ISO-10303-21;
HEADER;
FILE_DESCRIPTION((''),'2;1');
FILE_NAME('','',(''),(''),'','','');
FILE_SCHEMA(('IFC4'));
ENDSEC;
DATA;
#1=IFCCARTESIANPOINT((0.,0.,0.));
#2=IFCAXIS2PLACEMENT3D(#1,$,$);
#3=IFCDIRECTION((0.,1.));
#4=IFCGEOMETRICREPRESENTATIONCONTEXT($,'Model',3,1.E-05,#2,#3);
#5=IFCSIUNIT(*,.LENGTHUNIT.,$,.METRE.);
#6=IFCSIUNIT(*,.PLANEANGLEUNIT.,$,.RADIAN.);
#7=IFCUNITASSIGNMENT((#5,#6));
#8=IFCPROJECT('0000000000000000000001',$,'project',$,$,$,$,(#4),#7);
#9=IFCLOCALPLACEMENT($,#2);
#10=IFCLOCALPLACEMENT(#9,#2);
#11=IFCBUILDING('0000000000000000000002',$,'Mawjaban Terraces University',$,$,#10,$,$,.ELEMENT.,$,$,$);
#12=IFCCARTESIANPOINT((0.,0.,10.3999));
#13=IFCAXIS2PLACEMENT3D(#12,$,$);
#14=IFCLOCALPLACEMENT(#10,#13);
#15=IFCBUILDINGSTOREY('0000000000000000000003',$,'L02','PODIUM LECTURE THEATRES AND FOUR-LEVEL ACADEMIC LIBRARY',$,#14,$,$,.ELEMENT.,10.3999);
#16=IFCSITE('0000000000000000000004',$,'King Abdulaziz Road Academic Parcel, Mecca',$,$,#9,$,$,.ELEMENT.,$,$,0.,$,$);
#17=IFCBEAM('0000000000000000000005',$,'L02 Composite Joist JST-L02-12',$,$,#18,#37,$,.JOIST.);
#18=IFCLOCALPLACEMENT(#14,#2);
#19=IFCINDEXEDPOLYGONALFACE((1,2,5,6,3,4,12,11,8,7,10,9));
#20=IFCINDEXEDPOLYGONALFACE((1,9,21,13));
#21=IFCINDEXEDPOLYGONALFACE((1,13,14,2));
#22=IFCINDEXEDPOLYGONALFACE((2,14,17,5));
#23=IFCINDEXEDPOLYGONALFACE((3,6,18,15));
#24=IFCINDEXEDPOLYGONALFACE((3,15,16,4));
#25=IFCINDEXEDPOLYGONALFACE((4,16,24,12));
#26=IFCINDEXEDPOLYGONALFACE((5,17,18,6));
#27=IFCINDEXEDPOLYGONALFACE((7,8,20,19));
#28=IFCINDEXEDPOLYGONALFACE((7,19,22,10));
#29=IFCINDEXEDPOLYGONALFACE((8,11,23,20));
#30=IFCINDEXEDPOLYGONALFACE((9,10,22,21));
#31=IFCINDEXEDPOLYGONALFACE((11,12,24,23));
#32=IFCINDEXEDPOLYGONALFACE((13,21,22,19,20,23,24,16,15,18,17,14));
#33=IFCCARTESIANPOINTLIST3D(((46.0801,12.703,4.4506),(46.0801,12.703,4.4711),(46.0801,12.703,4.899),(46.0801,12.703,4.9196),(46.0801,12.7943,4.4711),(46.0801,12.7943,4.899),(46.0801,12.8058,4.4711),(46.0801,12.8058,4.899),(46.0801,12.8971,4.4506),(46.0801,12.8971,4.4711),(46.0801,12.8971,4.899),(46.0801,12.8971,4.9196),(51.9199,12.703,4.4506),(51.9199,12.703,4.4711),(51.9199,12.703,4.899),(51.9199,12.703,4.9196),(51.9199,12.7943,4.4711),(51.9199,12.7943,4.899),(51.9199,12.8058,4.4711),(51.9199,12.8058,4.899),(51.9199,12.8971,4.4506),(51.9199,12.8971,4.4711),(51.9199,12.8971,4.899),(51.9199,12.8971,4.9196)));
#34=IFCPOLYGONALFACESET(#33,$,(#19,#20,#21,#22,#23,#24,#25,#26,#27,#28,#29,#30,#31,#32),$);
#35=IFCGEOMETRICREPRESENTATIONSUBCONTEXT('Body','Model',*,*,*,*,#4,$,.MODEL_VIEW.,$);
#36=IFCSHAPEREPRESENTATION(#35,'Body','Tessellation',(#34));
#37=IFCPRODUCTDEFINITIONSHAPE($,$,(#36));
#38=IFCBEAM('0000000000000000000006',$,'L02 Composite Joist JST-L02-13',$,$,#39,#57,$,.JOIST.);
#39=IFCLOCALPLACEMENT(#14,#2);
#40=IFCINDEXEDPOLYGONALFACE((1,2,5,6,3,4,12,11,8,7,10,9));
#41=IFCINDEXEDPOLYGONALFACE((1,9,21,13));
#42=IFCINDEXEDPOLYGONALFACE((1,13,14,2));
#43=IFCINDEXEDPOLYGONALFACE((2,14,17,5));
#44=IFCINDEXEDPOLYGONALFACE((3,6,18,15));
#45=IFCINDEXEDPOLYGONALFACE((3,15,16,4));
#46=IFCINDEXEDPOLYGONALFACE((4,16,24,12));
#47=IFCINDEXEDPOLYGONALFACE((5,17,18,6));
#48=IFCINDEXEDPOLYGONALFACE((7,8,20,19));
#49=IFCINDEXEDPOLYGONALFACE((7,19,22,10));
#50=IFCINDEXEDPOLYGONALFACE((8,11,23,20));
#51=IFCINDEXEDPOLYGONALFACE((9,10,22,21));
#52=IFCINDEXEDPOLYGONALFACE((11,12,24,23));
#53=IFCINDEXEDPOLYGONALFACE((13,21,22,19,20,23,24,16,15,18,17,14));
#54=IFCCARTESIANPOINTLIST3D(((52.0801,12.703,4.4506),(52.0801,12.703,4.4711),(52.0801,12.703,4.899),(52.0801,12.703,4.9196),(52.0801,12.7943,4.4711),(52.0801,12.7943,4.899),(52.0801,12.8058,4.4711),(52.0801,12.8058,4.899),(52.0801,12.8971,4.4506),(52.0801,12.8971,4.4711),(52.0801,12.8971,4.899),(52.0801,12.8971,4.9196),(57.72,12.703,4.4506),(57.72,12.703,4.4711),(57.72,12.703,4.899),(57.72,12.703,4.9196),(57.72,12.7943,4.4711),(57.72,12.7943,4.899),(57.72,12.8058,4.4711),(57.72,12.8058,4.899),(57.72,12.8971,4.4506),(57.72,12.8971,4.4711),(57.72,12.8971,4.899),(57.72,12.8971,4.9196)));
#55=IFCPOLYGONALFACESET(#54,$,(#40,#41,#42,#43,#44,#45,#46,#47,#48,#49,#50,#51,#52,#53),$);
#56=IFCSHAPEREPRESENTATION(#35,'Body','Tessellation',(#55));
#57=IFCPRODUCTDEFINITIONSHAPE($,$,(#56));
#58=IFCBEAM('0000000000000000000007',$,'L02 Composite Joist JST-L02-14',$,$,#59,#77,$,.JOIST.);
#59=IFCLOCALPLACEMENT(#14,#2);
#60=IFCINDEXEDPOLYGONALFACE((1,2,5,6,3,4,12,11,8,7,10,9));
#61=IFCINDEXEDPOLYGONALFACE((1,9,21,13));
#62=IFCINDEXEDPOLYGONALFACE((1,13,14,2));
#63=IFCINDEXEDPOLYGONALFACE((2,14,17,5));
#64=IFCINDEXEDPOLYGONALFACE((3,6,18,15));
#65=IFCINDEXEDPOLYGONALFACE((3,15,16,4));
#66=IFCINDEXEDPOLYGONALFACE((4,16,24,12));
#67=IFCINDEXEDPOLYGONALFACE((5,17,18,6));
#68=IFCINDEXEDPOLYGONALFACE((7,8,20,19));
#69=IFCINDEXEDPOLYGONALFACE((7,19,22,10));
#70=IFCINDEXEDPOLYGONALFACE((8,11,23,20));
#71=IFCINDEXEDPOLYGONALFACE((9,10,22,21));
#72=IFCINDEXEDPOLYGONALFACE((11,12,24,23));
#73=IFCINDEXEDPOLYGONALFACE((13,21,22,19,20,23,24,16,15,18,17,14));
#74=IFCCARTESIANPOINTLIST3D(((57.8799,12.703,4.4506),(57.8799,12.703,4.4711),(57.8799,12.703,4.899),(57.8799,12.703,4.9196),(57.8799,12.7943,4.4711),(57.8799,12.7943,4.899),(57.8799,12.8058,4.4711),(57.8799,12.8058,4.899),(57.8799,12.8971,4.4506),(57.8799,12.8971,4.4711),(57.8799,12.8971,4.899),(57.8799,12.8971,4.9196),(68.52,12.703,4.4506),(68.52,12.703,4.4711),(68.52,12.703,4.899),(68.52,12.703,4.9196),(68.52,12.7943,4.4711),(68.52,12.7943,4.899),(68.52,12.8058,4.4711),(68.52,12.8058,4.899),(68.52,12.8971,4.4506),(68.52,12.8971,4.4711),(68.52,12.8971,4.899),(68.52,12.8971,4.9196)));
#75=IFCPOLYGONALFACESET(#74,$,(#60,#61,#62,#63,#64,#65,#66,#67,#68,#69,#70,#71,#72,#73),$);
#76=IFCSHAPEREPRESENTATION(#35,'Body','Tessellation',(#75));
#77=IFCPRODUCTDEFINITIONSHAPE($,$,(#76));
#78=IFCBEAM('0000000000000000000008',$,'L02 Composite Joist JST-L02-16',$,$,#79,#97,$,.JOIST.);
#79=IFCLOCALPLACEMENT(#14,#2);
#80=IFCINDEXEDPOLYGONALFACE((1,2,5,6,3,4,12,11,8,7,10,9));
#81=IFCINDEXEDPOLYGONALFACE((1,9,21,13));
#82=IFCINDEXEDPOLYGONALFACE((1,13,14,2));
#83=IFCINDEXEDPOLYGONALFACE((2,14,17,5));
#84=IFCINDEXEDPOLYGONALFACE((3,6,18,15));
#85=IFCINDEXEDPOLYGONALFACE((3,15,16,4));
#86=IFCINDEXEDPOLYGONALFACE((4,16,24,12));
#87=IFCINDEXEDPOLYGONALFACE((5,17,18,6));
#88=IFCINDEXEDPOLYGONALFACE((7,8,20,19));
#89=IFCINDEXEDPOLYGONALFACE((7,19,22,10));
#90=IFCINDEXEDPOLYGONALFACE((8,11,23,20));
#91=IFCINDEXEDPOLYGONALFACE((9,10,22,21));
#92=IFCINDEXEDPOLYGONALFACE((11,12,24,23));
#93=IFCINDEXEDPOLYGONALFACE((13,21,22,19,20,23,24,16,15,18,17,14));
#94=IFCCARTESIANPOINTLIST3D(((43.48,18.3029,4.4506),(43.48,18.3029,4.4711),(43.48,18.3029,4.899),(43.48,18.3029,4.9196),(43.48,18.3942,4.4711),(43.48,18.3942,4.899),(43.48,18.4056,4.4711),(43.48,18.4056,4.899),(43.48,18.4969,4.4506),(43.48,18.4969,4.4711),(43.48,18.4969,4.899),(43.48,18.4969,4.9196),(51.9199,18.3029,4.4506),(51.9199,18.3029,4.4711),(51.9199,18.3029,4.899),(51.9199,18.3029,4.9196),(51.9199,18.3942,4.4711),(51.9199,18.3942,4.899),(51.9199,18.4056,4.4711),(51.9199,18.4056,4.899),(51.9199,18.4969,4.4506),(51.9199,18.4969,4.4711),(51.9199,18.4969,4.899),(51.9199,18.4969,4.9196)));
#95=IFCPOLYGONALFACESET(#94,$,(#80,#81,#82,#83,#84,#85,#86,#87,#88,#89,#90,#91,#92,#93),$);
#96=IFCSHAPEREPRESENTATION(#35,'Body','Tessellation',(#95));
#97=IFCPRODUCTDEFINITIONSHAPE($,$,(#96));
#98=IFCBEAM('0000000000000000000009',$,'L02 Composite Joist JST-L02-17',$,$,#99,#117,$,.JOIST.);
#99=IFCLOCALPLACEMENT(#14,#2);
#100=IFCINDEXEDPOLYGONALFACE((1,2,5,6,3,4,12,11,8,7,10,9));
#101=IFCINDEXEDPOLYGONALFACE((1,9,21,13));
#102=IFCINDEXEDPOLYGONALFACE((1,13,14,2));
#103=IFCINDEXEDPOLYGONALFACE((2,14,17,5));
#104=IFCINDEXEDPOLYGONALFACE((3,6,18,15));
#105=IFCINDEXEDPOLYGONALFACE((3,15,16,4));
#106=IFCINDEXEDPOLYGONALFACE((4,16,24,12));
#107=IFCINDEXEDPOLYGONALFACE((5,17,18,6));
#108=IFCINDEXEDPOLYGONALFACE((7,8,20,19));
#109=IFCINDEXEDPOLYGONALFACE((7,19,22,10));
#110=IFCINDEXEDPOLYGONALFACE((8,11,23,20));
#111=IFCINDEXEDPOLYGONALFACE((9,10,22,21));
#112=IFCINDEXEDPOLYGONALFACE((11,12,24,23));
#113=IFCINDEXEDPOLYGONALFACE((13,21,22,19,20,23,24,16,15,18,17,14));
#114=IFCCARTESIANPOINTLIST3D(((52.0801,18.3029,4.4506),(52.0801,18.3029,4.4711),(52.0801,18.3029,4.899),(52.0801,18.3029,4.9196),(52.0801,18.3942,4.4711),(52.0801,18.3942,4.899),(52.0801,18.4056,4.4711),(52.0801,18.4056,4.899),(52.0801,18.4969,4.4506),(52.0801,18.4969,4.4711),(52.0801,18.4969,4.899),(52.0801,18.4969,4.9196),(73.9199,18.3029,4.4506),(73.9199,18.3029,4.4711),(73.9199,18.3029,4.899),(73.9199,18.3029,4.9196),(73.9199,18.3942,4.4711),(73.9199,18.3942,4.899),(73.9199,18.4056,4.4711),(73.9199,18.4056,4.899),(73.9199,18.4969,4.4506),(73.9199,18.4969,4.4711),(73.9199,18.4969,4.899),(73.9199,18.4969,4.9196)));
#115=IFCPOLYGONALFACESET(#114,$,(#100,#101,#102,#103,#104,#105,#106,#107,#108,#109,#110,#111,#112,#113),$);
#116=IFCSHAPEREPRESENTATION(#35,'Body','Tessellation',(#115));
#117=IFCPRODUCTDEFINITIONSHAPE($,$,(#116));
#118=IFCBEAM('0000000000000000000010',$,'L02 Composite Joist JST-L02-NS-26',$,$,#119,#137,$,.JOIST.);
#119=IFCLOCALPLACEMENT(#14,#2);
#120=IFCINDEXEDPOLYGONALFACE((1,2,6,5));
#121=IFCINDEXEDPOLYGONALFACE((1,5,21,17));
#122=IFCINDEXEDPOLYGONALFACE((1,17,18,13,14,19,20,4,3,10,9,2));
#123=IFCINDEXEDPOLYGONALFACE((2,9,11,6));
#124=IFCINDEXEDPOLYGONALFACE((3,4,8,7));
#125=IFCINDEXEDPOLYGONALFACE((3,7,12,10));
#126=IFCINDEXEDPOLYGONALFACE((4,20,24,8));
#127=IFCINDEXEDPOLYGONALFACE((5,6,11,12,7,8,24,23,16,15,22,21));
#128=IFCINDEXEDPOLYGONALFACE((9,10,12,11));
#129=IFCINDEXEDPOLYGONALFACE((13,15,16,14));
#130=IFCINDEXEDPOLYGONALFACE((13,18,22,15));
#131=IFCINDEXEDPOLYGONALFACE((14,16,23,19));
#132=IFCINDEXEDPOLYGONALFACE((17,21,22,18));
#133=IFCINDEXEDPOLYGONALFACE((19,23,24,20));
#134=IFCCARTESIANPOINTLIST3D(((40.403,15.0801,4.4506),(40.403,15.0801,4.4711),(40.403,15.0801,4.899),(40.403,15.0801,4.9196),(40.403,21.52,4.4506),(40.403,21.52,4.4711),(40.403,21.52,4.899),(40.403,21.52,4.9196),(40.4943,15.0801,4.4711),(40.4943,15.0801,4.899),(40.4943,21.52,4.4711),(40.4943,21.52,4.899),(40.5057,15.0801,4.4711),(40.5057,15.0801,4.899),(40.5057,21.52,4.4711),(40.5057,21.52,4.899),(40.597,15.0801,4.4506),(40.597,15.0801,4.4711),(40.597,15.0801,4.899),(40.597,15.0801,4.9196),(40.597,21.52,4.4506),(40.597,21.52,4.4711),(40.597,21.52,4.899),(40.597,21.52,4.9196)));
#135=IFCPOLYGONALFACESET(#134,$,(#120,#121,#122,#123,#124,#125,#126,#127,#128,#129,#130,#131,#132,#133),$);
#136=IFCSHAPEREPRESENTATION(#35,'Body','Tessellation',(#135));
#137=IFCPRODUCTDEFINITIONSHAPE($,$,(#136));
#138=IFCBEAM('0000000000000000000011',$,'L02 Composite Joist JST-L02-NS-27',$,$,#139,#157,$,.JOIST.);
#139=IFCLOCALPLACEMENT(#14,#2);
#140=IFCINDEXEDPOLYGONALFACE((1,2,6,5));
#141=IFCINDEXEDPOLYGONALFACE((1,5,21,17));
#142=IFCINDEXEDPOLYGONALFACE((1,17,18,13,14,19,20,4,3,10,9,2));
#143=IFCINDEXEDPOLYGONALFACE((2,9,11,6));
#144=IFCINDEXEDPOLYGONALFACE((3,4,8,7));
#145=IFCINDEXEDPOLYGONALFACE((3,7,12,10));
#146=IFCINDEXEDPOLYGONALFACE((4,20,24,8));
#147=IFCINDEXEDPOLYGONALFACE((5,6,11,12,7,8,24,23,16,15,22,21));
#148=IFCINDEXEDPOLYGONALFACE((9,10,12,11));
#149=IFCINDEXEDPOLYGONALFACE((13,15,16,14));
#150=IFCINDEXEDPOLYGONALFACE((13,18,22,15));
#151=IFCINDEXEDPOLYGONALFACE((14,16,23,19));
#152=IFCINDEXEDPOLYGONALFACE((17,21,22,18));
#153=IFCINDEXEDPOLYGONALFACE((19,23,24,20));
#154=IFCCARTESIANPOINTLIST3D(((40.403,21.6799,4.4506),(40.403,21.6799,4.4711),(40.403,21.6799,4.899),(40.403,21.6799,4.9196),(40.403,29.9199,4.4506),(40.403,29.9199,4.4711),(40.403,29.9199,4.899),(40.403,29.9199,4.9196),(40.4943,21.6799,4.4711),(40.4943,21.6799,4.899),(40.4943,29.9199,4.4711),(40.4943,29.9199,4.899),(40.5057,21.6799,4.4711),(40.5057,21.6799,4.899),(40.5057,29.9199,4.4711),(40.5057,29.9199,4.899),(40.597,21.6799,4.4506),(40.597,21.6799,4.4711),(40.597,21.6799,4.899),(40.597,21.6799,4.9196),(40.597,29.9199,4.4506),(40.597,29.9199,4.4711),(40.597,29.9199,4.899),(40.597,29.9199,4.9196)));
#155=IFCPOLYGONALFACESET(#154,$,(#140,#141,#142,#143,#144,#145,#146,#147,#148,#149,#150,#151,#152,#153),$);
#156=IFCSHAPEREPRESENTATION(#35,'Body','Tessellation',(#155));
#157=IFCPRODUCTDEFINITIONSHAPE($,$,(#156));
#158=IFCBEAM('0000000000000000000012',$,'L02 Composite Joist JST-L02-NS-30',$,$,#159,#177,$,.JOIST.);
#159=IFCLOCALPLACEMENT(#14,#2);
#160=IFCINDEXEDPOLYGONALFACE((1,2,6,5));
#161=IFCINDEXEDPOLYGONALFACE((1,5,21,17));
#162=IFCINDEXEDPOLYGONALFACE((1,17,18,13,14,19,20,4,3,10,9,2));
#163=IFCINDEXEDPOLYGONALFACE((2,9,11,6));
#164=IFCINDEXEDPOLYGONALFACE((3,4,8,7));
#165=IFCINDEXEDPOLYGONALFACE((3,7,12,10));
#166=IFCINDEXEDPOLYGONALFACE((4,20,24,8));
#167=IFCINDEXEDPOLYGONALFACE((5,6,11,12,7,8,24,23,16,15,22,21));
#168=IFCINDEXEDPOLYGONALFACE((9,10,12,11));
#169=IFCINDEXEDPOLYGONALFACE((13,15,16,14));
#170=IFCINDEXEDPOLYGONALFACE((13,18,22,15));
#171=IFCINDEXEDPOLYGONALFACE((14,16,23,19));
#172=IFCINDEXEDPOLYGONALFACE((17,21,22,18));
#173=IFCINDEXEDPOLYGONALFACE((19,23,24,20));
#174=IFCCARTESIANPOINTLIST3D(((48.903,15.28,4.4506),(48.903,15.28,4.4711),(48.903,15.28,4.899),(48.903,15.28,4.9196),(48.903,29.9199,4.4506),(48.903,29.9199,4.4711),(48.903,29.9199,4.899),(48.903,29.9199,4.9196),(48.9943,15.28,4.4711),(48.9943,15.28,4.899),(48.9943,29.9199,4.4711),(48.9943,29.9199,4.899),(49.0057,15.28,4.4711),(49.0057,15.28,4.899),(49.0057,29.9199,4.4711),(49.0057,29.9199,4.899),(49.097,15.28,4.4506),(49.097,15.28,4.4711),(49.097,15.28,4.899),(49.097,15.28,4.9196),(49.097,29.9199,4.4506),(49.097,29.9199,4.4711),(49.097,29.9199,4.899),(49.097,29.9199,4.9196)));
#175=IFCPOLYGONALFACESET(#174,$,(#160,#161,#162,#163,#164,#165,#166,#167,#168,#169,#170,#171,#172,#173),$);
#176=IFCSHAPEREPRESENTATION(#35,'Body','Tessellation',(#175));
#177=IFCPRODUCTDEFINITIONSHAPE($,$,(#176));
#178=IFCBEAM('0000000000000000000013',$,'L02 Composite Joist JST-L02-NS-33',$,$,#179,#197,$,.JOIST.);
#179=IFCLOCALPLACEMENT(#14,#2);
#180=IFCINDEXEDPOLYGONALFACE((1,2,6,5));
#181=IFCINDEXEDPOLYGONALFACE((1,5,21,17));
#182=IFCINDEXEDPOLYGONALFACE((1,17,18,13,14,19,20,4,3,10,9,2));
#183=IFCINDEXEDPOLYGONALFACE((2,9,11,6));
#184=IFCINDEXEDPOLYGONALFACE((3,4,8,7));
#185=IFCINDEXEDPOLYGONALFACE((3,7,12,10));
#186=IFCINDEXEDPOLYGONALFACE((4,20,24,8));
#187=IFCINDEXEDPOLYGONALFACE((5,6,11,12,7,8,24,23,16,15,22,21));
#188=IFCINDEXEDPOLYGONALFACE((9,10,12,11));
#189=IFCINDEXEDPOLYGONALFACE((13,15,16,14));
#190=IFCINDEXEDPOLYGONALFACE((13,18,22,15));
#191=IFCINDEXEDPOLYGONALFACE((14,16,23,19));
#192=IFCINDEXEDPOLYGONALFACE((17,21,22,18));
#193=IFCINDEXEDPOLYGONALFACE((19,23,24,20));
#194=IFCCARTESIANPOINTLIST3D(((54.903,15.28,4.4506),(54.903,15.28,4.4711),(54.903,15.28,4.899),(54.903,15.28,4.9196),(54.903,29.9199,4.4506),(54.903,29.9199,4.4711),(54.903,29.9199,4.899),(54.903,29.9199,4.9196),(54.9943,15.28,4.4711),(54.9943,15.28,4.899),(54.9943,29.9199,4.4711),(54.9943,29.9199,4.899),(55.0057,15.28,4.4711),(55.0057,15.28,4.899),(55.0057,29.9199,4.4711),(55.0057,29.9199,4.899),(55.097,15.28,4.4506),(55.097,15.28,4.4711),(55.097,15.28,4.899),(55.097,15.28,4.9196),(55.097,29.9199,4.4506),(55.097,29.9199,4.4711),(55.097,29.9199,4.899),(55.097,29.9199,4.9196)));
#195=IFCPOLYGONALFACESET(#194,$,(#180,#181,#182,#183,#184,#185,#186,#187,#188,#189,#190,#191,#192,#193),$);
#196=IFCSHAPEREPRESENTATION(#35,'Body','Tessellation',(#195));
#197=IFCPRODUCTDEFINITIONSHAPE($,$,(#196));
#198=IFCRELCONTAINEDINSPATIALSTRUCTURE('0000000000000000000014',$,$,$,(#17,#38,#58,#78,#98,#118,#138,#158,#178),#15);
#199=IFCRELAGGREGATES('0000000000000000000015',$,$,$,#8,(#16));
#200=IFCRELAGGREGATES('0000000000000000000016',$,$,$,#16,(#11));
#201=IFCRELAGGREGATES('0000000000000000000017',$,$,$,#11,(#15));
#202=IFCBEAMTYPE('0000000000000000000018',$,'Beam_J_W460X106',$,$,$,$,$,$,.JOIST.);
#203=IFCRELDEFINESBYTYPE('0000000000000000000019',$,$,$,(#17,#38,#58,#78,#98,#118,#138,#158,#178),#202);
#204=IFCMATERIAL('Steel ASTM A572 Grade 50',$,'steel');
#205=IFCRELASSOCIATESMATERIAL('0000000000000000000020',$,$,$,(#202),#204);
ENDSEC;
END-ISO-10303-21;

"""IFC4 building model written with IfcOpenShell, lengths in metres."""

from ifc_helpers import new_model, si_unit, direction, frame, origin, origin_2d, place, context, subcontext, project, spatial, i_section, extrude, material, material_profile, profile_set, type_object, element, save


model = new_model("IFC4")

# Units and contexts
model_context = context("Model", 3, precision=1e-05, world=origin(), true_north=direction((0.0, 1.0)))
body_context = subcontext(model_context, "Body", "Model", "MODEL_VIEW")
ifc_project = project(units=[si_unit("LENGTHUNIT", "METRE"), si_unit("PLANEANGLEUNIT", "RADIAN")], contexts=[model_context])

# Site, building, storey
site_placement = place(None, origin())
site = spatial("IfcSite", under=ifc_project, at=site_placement, Name="King Abdulaziz Road Academic Parcel, Mecca", CompositionType="ELEMENT", RefElevation=0.0)
building_placement = place(site_placement, origin())
building = spatial("IfcBuilding", under=site, at=building_placement, Name="Mawjaban Terraces University", CompositionType="ELEMENT")
storey_placement = place(building_placement, frame((0.0, 0.0, 10.3999)))
storey = spatial("IfcBuildingStorey", under=building, at=storey_placement, Name="L02", Description="PODIUM LECTURE THEATRES AND FOUR-LEVEL ACADEMIC LIBRARY", CompositionType="ELEMENT", Elevation=10.3999)

# Beams
ifc_material_1 = material(Name="Steel ASTM A572 Grade 50", Category="steel")
ifc_material_profile_1 = material_profile(ifc_material_1, i_section(OverallWidth=0.1941, OverallDepth=0.469, WebThickness=0.0115, FlangeThickness=0.0205, at=origin_2d()), Name="W460X106")
ifc_profile_set_1 = profile_set([ifc_material_profile_1], Name="Steel ASTM A572 Grade 50")
beam_type_1 = type_object("IfcBeamType", Name="Beam_J_W460X106", PredefinedType="JOIST", material=ifc_profile_set_1)
beam_1_placement = place(storey_placement, frame((46.0801, 12.8, 4.6851), z_axis=(1.0, 0.0, 0.0), x_axis=(0.0, 1.0, 0.0)))
element("IfcBeam", 1, at=beam_1_placement, inside=storey, type_object=beam_type_1, Name="L02 Composite Joist JST-L02-12", PredefinedType="JOIST", context=body_context, shape_type="SweptSolid", body=[
    extrude(i_section(OverallWidth=0.1941, OverallDepth=0.469, WebThickness=0.0115, FlangeThickness=0.0205, at=origin_2d()), origin(), (0.0, 0.0, 1.0), 5.8398),
])
beam_2_placement = place(storey_placement, frame((52.0801, 12.8, 4.6851), z_axis=(1.0, 0.0, 0.0), x_axis=(0.0, 1.0, 0.0)))
element("IfcBeam", 2, at=beam_2_placement, inside=storey, type_object=beam_type_1, Name="L02 Composite Joist JST-L02-13", PredefinedType="JOIST", context=body_context, shape_type="SweptSolid", body=[
    extrude(i_section(OverallWidth=0.1941, OverallDepth=0.469, WebThickness=0.0115, FlangeThickness=0.0205, at=origin_2d()), origin(), (0.0, 0.0, 1.0), 5.6399),
])
beam_3_placement = place(storey_placement, frame((57.8799, 12.8, 4.6851), z_axis=(1.0, 0.0, 0.0), x_axis=(0.0, 1.0, 0.0)))
element("IfcBeam", 3, at=beam_3_placement, inside=storey, type_object=beam_type_1, Name="L02 Composite Joist JST-L02-14", PredefinedType="JOIST", context=body_context, shape_type="SweptSolid", body=[
    extrude(i_section(OverallWidth=0.1941, OverallDepth=0.469, WebThickness=0.0115, FlangeThickness=0.0205, at=origin_2d()), origin(), (0.0, 0.0, 1.0), 10.6401),
])
beam_4_placement = place(storey_placement, frame((43.48, 18.3999, 4.6851), z_axis=(1.0, 0.0, 0.0), x_axis=(0.0, 1.0, 0.0)))
element("IfcBeam", 4, at=beam_4_placement, inside=storey, type_object=beam_type_1, Name="L02 Composite Joist JST-L02-16", PredefinedType="JOIST", context=body_context, shape_type="SweptSolid", body=[
    extrude(i_section(OverallWidth=0.1941, OverallDepth=0.469, WebThickness=0.0115, FlangeThickness=0.0205, at=origin_2d()), origin(), (0.0, 0.0, 1.0), 8.4399),
])
beam_5_placement = place(storey_placement, frame((52.0801, 18.3999, 4.6851), z_axis=(1.0, 0.0, 0.0), x_axis=(0.0, 1.0, 0.0)))
element("IfcBeam", 5, at=beam_5_placement, inside=storey, type_object=beam_type_1, Name="L02 Composite Joist JST-L02-17", PredefinedType="JOIST", context=body_context, shape_type="SweptSolid", body=[
    extrude(i_section(OverallWidth=0.1941, OverallDepth=0.469, WebThickness=0.0115, FlangeThickness=0.0205, at=origin_2d()), origin(), (0.0, 0.0, 1.0), 21.8398),
])
beam_6_placement = place(storey_placement, frame((40.5, 15.0801, 4.6851), z_axis=(0.0, 1.0, 0.0), x_axis=(-1.0, 0.0, 0.0)))
element("IfcBeam", 6, at=beam_6_placement, inside=storey, type_object=beam_type_1, Name="L02 Composite Joist JST-L02-NS-26", PredefinedType="JOIST", context=body_context, shape_type="SweptSolid", body=[
    extrude(i_section(OverallWidth=0.1941, OverallDepth=0.469, WebThickness=0.0115, FlangeThickness=0.0205, at=origin_2d()), origin(), (0.0, 0.0, 1.0), 6.4399),
])
beam_7_placement = place(storey_placement, frame((40.5, 21.6799, 4.6851), z_axis=(0.0, 1.0, 0.0), x_axis=(-1.0, 0.0, 0.0)))
element("IfcBeam", 7, at=beam_7_placement, inside=storey, type_object=beam_type_1, Name="L02 Composite Joist JST-L02-NS-27", PredefinedType="JOIST", context=body_context, shape_type="SweptSolid", body=[
    extrude(i_section(OverallWidth=0.1941, OverallDepth=0.469, WebThickness=0.0115, FlangeThickness=0.0205, at=origin_2d()), origin(), (0.0, 0.0, 1.0), 8.24),
])
for number, where, z_axis, x_axis, name in (
    (8, (49.0, 15.28, 4.6851), (0.0, 1.0, 0.0), (-1.0, 0.0, 0.0), "L02 Composite Joist JST-L02-NS-30"),
    (9, (55.0, 15.28, 4.6851), (0.0, 1.0, 0.0), (-1.0, 0.0, 0.0), "L02 Composite Joist JST-L02-NS-33"),
):
    element("IfcBeam", number, at=place(storey_placement, frame(where, z_axis=z_axis, x_axis=x_axis)), inside=storey, type_object=beam_type_1, Name=name, PredefinedType="JOIST", context=body_context, shape_type="SweptSolid", body=[
        extrude(i_section(OverallWidth=0.1941, OverallDepth=0.469, WebThickness=0.0115, FlangeThickness=0.0205, at=origin_2d()), origin(), (0.0, 0.0, 1.0), 14.6399),
    ])

save(model, "model.ifc")
